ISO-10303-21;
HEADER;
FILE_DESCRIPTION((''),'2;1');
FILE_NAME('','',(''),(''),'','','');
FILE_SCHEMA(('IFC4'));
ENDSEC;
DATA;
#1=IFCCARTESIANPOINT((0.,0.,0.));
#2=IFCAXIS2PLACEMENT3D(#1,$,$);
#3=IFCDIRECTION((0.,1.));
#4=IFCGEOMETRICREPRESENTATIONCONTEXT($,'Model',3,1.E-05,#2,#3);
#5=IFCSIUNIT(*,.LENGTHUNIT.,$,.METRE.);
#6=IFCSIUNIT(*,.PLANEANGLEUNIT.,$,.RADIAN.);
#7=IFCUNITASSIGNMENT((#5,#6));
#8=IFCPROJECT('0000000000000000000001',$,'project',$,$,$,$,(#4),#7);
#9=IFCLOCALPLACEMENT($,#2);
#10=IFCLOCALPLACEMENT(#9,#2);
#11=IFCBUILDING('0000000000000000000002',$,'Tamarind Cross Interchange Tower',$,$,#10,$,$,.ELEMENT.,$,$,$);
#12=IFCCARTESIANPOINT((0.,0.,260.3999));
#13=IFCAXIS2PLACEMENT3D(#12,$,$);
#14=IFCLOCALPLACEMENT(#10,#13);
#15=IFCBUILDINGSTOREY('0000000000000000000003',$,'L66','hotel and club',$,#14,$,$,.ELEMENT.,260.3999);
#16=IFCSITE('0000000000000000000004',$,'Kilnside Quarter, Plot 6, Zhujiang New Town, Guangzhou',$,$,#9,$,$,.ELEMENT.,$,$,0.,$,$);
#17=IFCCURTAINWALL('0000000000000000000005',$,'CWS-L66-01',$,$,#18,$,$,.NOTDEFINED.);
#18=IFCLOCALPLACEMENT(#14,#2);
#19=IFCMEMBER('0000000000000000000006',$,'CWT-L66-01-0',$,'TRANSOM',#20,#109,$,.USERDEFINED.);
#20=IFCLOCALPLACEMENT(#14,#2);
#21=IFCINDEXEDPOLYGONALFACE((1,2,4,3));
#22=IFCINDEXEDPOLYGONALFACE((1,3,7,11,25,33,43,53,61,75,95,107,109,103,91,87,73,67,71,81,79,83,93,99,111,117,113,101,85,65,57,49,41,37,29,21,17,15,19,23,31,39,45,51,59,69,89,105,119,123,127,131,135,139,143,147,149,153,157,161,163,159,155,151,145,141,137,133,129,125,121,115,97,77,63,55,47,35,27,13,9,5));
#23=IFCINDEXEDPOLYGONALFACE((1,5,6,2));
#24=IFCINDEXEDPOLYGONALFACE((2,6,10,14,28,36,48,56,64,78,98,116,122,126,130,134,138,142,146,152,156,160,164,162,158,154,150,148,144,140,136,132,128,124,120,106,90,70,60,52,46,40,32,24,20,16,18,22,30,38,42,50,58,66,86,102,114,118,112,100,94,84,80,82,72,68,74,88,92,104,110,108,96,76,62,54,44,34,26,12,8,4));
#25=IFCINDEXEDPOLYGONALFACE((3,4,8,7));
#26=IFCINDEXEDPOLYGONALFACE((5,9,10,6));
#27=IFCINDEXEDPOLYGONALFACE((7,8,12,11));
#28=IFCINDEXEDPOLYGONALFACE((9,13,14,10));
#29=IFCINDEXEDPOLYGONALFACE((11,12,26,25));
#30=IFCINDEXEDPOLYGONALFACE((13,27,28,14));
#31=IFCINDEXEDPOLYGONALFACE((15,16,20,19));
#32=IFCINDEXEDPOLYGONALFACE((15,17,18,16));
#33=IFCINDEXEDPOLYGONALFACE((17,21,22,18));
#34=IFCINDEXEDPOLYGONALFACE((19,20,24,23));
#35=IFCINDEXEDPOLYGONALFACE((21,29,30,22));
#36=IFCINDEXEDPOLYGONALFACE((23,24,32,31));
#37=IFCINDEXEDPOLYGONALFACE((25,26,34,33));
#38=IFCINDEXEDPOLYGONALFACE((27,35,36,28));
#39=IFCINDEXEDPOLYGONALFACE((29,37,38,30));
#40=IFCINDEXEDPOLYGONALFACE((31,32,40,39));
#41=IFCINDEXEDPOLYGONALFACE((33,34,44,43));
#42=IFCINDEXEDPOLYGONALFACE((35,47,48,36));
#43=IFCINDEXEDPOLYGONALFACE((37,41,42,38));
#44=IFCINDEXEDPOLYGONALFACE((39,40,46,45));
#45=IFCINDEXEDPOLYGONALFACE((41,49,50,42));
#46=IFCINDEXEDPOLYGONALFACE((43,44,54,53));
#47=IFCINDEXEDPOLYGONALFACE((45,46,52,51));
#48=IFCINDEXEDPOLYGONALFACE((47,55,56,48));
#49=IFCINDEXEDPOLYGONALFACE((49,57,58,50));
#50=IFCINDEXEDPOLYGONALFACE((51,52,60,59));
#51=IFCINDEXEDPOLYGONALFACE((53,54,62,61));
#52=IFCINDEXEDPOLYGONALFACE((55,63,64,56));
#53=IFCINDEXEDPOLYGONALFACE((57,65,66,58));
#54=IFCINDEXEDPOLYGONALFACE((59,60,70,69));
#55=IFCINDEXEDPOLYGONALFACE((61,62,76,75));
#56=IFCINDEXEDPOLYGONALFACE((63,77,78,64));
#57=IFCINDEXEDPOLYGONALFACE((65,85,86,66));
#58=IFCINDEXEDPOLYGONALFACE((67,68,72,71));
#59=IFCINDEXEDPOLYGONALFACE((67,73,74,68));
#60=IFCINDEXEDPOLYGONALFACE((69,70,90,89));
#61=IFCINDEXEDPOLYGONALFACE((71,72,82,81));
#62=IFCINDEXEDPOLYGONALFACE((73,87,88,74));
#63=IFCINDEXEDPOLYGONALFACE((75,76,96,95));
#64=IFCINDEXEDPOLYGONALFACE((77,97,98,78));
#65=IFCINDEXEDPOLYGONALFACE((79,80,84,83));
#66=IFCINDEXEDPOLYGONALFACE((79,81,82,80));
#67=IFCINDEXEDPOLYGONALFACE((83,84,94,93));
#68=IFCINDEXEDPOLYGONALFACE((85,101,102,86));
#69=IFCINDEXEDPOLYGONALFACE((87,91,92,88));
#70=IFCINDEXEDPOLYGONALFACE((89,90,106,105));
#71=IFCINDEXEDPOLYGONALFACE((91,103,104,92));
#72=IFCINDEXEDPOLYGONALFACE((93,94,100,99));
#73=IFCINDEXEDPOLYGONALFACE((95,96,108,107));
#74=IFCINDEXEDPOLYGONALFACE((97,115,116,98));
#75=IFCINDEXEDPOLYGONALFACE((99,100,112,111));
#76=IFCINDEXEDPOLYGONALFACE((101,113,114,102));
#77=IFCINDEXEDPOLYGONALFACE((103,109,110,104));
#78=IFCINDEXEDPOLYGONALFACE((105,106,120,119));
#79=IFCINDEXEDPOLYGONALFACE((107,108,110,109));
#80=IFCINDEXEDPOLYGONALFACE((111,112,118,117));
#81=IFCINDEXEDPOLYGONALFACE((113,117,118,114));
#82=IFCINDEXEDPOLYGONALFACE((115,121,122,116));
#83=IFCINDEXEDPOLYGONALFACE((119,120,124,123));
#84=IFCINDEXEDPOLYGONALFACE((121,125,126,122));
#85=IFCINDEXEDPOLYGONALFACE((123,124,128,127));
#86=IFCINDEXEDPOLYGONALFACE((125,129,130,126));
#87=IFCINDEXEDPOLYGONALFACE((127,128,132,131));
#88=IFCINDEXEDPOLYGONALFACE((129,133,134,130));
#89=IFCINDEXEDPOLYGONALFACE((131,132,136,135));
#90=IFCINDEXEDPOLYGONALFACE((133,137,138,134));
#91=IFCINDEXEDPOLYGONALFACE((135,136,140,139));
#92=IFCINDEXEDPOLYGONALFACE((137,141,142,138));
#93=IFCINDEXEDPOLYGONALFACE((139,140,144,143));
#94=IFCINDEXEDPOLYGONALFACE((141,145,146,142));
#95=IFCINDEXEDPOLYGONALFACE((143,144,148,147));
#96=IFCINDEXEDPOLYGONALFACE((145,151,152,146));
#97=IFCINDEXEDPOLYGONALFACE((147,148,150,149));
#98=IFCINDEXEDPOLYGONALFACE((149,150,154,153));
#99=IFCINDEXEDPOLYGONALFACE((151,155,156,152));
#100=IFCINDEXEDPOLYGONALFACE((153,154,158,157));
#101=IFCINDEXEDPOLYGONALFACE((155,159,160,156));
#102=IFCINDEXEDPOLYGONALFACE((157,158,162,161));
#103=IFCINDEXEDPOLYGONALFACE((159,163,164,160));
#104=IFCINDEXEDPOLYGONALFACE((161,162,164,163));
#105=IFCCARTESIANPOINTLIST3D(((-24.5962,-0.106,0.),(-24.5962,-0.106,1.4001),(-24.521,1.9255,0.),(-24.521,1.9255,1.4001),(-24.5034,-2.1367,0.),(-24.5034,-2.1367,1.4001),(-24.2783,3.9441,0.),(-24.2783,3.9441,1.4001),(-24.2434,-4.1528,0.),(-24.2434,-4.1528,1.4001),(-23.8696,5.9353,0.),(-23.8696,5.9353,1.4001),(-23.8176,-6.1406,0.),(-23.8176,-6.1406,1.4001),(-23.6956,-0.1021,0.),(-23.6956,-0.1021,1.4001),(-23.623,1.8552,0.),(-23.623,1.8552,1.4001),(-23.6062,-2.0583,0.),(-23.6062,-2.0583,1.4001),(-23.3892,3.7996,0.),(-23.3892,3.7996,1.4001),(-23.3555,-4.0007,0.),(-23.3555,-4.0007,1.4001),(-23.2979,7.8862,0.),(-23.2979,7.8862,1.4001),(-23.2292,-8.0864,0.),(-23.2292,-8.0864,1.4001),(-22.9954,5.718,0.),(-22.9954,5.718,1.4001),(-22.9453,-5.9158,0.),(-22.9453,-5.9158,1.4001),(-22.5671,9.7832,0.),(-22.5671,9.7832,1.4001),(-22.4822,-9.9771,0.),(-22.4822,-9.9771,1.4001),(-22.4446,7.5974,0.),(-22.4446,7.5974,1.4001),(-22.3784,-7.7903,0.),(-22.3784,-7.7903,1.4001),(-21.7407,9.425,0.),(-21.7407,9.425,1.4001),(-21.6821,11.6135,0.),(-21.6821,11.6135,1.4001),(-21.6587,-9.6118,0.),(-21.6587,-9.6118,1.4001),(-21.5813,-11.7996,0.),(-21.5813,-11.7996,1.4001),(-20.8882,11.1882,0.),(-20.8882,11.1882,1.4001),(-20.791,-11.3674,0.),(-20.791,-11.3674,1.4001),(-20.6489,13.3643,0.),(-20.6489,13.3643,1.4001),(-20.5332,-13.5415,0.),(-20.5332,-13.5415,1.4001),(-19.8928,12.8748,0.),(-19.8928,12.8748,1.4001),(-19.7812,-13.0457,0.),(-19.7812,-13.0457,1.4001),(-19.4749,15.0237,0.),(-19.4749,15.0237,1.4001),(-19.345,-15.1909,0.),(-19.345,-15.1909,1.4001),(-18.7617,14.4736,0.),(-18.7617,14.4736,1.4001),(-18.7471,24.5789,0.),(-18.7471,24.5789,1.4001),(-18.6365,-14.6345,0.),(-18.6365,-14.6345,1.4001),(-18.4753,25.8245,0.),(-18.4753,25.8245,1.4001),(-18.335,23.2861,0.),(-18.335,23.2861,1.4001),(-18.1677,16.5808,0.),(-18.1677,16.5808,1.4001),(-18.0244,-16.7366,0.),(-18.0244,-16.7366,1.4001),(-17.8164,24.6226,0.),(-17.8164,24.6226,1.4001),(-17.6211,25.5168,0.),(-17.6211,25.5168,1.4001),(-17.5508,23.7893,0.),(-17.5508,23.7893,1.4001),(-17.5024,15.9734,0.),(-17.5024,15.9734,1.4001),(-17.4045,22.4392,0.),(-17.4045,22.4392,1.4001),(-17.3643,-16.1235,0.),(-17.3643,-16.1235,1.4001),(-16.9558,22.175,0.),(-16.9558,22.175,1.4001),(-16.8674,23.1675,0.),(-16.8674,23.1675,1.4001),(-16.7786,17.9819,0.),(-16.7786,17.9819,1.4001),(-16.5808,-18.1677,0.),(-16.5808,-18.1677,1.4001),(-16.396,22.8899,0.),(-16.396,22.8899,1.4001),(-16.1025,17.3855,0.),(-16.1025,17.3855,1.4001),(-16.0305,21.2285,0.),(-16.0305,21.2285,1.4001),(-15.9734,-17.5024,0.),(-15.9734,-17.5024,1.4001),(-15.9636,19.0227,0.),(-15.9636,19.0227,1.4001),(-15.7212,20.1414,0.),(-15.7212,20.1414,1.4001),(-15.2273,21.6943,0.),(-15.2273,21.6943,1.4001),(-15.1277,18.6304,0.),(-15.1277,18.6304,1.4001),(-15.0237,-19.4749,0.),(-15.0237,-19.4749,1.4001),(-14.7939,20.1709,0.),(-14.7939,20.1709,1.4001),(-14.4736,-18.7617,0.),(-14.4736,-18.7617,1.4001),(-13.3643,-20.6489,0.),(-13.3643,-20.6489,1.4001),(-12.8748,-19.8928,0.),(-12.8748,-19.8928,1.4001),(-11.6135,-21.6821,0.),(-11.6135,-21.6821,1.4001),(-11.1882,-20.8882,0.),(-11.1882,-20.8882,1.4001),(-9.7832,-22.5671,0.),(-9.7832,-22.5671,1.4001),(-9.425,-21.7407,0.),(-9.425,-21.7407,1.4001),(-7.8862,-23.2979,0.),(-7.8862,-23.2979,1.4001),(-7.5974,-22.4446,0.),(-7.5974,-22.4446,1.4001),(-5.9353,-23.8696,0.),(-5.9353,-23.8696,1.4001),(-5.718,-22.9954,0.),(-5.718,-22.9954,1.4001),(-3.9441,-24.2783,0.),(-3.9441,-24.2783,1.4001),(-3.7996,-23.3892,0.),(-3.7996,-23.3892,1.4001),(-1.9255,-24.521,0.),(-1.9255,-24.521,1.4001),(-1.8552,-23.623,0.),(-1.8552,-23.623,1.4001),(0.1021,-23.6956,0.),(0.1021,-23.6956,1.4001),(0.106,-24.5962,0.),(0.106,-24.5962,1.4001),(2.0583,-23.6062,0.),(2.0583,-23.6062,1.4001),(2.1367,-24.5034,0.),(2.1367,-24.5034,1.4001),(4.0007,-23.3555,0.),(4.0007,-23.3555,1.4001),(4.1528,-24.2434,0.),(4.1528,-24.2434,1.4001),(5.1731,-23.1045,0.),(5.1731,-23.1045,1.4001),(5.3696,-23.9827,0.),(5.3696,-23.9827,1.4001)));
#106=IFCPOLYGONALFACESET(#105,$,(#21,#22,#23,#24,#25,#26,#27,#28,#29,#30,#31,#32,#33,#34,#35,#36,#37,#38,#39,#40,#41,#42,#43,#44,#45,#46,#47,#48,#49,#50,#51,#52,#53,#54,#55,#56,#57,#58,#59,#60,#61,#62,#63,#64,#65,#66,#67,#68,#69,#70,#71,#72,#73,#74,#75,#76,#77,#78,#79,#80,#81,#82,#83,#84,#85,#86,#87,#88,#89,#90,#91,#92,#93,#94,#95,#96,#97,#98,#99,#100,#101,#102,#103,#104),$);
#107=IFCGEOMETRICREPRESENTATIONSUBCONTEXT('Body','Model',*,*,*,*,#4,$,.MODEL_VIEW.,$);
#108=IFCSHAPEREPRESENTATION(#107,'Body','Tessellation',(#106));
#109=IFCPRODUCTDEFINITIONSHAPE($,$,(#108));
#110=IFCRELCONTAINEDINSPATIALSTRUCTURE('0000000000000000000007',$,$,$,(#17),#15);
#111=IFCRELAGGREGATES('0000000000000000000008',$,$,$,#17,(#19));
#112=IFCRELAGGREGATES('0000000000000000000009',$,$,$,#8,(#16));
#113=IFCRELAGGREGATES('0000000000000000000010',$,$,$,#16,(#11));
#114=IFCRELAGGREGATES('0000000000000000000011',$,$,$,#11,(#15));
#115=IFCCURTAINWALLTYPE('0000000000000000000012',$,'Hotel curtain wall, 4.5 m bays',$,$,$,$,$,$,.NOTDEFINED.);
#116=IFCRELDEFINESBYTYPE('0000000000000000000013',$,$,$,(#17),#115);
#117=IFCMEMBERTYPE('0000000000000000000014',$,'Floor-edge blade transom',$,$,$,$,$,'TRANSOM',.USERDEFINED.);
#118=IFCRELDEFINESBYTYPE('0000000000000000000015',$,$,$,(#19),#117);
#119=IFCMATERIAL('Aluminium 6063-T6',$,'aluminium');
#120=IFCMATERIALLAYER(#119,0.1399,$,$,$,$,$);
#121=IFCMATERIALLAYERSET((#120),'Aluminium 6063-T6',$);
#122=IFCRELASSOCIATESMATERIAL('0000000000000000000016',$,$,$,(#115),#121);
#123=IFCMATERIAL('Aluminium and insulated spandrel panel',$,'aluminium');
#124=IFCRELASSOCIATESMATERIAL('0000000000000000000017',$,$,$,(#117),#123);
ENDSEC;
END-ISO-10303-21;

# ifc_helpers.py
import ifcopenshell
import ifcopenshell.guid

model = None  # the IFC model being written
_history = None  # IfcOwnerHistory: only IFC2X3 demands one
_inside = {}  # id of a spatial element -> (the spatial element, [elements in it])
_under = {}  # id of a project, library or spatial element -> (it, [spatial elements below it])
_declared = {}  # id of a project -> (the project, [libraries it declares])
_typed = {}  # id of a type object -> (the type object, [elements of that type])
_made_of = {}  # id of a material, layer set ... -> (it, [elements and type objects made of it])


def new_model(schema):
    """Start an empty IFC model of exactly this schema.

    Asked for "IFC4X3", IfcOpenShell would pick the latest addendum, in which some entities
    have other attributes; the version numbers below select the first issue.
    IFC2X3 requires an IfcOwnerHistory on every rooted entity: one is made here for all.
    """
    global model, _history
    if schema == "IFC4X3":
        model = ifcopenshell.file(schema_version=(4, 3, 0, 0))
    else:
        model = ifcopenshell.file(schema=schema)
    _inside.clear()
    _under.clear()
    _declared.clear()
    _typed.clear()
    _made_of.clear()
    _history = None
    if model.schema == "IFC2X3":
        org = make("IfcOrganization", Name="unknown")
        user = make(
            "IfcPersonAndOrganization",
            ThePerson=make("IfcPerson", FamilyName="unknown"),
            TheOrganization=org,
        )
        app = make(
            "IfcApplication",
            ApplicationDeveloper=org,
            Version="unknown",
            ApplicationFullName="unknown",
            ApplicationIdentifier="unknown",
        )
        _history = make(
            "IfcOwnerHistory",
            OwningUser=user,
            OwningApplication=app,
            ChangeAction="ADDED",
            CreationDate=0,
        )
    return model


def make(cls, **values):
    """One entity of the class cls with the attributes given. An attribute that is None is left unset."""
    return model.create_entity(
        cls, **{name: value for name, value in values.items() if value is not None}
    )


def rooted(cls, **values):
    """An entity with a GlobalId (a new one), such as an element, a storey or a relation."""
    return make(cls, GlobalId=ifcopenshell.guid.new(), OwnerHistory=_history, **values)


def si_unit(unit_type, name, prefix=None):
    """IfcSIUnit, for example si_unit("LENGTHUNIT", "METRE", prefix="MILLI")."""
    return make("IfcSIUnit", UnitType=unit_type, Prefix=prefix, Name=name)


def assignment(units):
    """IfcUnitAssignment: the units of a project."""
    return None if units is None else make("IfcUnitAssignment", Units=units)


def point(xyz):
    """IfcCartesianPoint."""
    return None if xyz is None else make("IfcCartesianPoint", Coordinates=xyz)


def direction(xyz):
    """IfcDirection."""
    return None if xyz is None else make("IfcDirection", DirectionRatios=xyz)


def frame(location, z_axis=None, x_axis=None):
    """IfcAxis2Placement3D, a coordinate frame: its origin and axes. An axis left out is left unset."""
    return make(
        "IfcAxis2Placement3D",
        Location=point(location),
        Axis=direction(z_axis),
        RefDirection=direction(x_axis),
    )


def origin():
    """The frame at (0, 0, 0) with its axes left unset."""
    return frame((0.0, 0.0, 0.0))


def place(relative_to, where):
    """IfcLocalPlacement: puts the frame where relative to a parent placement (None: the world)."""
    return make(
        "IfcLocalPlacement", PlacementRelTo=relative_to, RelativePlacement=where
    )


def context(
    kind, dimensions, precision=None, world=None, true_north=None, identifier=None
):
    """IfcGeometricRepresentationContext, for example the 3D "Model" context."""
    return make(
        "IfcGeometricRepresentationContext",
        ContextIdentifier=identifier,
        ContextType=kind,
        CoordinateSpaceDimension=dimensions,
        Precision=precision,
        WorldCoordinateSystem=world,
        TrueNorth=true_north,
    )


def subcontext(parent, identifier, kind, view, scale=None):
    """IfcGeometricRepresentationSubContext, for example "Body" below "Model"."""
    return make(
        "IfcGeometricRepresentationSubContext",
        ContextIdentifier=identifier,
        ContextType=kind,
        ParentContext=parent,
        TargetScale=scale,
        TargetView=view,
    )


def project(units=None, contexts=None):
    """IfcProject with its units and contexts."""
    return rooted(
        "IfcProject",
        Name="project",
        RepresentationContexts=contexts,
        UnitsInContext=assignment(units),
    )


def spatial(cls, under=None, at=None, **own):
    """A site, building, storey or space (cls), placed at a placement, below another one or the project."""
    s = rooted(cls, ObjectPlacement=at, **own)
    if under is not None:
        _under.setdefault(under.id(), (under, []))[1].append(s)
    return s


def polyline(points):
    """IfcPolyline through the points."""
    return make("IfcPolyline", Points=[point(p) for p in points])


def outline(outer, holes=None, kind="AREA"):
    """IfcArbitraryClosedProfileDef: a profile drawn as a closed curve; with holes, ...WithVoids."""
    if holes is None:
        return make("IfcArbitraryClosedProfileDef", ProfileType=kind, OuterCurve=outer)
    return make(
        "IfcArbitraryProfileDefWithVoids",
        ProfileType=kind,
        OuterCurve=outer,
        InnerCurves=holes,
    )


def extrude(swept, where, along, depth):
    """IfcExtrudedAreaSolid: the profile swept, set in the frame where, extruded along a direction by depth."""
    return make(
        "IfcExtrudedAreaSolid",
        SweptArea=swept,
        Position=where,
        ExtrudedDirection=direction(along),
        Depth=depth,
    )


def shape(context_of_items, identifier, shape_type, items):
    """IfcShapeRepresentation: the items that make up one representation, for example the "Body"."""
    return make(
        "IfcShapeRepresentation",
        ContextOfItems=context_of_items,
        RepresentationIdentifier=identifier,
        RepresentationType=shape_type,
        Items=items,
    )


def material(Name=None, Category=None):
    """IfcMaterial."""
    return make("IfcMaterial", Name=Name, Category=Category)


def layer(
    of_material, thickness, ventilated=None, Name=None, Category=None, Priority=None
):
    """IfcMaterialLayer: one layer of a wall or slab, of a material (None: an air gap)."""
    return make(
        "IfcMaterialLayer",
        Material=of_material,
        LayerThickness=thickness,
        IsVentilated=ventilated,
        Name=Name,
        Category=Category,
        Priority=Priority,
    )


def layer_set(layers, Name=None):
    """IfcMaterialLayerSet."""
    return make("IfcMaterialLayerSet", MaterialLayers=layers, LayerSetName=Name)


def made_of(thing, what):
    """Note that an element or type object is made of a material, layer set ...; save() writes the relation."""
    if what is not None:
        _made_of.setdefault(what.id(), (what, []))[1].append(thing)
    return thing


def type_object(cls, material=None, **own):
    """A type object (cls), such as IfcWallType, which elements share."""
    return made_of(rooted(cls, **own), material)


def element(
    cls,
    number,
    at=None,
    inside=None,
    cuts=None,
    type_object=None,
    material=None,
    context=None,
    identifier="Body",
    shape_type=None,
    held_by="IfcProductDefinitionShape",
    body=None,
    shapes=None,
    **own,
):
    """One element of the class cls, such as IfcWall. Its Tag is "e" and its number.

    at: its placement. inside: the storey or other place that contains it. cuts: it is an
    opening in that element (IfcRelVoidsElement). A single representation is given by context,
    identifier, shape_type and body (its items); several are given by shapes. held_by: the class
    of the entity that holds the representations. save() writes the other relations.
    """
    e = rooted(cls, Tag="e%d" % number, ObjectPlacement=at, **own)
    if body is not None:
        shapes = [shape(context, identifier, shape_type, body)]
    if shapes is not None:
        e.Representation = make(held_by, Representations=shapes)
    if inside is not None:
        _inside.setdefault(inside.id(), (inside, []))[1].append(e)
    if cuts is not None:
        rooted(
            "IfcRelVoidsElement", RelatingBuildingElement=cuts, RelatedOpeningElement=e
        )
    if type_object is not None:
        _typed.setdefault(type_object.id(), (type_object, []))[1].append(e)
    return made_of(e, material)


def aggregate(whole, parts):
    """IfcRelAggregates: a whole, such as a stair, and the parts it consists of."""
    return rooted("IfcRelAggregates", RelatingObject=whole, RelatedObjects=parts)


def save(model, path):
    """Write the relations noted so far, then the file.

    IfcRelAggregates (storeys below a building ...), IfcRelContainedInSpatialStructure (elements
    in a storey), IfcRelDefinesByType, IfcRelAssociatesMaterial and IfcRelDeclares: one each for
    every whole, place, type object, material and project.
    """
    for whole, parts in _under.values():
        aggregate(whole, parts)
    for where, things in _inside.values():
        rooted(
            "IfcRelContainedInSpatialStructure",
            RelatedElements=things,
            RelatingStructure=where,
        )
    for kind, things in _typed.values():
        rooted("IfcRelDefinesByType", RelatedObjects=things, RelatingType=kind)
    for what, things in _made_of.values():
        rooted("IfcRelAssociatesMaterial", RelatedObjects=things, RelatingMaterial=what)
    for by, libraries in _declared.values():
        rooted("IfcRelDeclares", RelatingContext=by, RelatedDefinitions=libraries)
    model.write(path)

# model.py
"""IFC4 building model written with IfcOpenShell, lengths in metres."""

from ifc_helpers import new_model, si_unit, direction, frame, origin, place, context, subcontext, project, spatial, polyline, outline, extrude, material, layer, layer_set, type_object, element, aggregate, save


model = new_model("IFC4")

# Units and contexts
model_context = context("Model", 3, precision=1e-05, world=origin(), true_north=direction((0.0, 1.0)))
body_context = subcontext(model_context, "Body", "Model", "MODEL_VIEW")
ifc_project = project(units=[si_unit("LENGTHUNIT", "METRE"), si_unit("PLANEANGLEUNIT", "RADIAN")], contexts=[model_context])

# Site, building, storey
site_placement = place(None, origin())
site = spatial("IfcSite", under=ifc_project, at=site_placement, Name="Kilnside Quarter, Plot 6, Zhujiang New Town, Guangzhou", CompositionType="ELEMENT", RefElevation=0.0)
building_placement = place(site_placement, origin())
building = spatial("IfcBuilding", under=site, at=building_placement, Name="Tamarind Cross Interchange Tower", CompositionType="ELEMENT")
storey_placement = place(building_placement, frame((0.0, 0.0, 260.3999)))
storey = spatial("IfcBuildingStorey", under=building, at=storey_placement, Name="L66", Description="hotel and club", CompositionType="ELEMENT", Elevation=260.3999)

# Curtain wall, member
ifc_material_1 = material(Name="Aluminium 6063-T6", Category="aluminium")
ifc_layer_1 = layer(ifc_material_1, 0.1399)
ifc_layer_set_1 = layer_set([ifc_layer_1], Name="Aluminium 6063-T6")
curtain_wall_type = type_object("IfcCurtainWallType", Name="Hotel curtain wall, 4.5 m bays", PredefinedType="NOTDEFINED", material=ifc_layer_set_1)
curtain_wall_placement = place(storey_placement, origin())
curtain_wall = element("IfcCurtainWall", 1, at=curtain_wall_placement, inside=storey, type_object=curtain_wall_type, Name="CWS-L66-01", PredefinedType="NOTDEFINED")
ifc_material_2 = material(Name="Aluminium and insulated spandrel panel", Category="aluminium")
member_type_1 = type_object("IfcMemberType", Name="Floor-edge blade transom", ElementType="TRANSOM", PredefinedType="USERDEFINED", material=ifc_material_2)
member_1_placement = place(storey_placement, origin())
member_1 = element("IfcMember", 2, at=member_1_placement, type_object=member_type_1, Name="CWT-L66-01-0", ObjectType="TRANSOM", PredefinedType="USERDEFINED", context=body_context, shape_type="SweptSolid", body=[
    extrude(outline(polyline([(-17.6211, 25.5168), (-17.8164, 24.6226), (-17.5508, 23.7893), (-16.8674, 23.1675), (-16.396, 22.8899), (-15.2273, 21.6943), (-14.7939, 20.1709), (-15.1277, 18.6304), (-16.1025, 17.3855), (-17.5024, 15.9734), (-18.7617, 14.4736), (-19.8928, 12.8748), (-20.8882, 11.1882), (-21.7407, 9.425), (-22.4446, 7.5974), (-22.9954, 5.718), (-23.3892, 3.7996), (-23.623, 1.8552), (-23.6956, -0.1021), (-23.6062, -2.0583), (-23.3555, -4.0007), (-22.9453, -5.9158), (-22.3784, -7.7903), (-21.6587, -9.6118), (-20.791, -11.3674), (-19.7812, -13.0457), (-18.6365, -14.6345), (-17.3643, -16.1235), (-15.9734, -17.5024), (-14.4736, -18.7617), (-12.8748, -19.8928), (-11.1882, -20.8882), (-9.425, -21.7407), (-7.5974, -22.4446), (-5.718, -22.9954), (-3.7996, -23.3892), (-1.8552, -23.623), (0.1021, -23.6956), (2.0583, -23.6062), (4.0007, -23.3555), (5.1731, -23.1045), (5.3696, -23.9827), (4.1528, -24.2434), (2.1367, -24.5034), (0.106, -24.5962), (-1.9255, -24.521), (-3.9441, -24.2783), (-5.9353, -23.8696), (-7.8862, -23.2979), (-9.7832, -22.5671), (-11.6135, -21.6821), (-13.3643, -20.6489), (-15.0237, -19.4749), (-16.5808, -18.1677), (-18.0244, -16.7366), (-19.345, -15.1909), (-20.5332, -13.5415), (-21.5813, -11.7996), (-22.4822, -9.9771), (-23.2292, -8.0864), (-23.8176, -6.1406), (-24.2434, -4.1528), (-24.5034, -2.1367), (-24.5962, -0.106), (-24.521, 1.9255), (-24.2783, 3.9441), (-23.8696, 5.9353), (-23.2979, 7.8862), (-22.5671, 9.7832), (-21.6821, 11.6135), (-20.6489, 13.3643), (-19.4749, 15.0237), (-18.1677, 16.5808), (-16.7786, 17.9819), (-15.9636, 19.0227), (-15.7212, 20.1414), (-16.0305, 21.2285), (-16.9558, 22.175), (-17.4045, 22.4392), (-18.335, 23.2861), (-18.7471, 24.5789), (-18.4753, 25.8245), (-17.6211, 25.5168)])), origin(), (0.0, 0.0, 1.0), 1.4001),
])
aggregate(curtain_wall, [member_1])

save(model, "model.ifc")
